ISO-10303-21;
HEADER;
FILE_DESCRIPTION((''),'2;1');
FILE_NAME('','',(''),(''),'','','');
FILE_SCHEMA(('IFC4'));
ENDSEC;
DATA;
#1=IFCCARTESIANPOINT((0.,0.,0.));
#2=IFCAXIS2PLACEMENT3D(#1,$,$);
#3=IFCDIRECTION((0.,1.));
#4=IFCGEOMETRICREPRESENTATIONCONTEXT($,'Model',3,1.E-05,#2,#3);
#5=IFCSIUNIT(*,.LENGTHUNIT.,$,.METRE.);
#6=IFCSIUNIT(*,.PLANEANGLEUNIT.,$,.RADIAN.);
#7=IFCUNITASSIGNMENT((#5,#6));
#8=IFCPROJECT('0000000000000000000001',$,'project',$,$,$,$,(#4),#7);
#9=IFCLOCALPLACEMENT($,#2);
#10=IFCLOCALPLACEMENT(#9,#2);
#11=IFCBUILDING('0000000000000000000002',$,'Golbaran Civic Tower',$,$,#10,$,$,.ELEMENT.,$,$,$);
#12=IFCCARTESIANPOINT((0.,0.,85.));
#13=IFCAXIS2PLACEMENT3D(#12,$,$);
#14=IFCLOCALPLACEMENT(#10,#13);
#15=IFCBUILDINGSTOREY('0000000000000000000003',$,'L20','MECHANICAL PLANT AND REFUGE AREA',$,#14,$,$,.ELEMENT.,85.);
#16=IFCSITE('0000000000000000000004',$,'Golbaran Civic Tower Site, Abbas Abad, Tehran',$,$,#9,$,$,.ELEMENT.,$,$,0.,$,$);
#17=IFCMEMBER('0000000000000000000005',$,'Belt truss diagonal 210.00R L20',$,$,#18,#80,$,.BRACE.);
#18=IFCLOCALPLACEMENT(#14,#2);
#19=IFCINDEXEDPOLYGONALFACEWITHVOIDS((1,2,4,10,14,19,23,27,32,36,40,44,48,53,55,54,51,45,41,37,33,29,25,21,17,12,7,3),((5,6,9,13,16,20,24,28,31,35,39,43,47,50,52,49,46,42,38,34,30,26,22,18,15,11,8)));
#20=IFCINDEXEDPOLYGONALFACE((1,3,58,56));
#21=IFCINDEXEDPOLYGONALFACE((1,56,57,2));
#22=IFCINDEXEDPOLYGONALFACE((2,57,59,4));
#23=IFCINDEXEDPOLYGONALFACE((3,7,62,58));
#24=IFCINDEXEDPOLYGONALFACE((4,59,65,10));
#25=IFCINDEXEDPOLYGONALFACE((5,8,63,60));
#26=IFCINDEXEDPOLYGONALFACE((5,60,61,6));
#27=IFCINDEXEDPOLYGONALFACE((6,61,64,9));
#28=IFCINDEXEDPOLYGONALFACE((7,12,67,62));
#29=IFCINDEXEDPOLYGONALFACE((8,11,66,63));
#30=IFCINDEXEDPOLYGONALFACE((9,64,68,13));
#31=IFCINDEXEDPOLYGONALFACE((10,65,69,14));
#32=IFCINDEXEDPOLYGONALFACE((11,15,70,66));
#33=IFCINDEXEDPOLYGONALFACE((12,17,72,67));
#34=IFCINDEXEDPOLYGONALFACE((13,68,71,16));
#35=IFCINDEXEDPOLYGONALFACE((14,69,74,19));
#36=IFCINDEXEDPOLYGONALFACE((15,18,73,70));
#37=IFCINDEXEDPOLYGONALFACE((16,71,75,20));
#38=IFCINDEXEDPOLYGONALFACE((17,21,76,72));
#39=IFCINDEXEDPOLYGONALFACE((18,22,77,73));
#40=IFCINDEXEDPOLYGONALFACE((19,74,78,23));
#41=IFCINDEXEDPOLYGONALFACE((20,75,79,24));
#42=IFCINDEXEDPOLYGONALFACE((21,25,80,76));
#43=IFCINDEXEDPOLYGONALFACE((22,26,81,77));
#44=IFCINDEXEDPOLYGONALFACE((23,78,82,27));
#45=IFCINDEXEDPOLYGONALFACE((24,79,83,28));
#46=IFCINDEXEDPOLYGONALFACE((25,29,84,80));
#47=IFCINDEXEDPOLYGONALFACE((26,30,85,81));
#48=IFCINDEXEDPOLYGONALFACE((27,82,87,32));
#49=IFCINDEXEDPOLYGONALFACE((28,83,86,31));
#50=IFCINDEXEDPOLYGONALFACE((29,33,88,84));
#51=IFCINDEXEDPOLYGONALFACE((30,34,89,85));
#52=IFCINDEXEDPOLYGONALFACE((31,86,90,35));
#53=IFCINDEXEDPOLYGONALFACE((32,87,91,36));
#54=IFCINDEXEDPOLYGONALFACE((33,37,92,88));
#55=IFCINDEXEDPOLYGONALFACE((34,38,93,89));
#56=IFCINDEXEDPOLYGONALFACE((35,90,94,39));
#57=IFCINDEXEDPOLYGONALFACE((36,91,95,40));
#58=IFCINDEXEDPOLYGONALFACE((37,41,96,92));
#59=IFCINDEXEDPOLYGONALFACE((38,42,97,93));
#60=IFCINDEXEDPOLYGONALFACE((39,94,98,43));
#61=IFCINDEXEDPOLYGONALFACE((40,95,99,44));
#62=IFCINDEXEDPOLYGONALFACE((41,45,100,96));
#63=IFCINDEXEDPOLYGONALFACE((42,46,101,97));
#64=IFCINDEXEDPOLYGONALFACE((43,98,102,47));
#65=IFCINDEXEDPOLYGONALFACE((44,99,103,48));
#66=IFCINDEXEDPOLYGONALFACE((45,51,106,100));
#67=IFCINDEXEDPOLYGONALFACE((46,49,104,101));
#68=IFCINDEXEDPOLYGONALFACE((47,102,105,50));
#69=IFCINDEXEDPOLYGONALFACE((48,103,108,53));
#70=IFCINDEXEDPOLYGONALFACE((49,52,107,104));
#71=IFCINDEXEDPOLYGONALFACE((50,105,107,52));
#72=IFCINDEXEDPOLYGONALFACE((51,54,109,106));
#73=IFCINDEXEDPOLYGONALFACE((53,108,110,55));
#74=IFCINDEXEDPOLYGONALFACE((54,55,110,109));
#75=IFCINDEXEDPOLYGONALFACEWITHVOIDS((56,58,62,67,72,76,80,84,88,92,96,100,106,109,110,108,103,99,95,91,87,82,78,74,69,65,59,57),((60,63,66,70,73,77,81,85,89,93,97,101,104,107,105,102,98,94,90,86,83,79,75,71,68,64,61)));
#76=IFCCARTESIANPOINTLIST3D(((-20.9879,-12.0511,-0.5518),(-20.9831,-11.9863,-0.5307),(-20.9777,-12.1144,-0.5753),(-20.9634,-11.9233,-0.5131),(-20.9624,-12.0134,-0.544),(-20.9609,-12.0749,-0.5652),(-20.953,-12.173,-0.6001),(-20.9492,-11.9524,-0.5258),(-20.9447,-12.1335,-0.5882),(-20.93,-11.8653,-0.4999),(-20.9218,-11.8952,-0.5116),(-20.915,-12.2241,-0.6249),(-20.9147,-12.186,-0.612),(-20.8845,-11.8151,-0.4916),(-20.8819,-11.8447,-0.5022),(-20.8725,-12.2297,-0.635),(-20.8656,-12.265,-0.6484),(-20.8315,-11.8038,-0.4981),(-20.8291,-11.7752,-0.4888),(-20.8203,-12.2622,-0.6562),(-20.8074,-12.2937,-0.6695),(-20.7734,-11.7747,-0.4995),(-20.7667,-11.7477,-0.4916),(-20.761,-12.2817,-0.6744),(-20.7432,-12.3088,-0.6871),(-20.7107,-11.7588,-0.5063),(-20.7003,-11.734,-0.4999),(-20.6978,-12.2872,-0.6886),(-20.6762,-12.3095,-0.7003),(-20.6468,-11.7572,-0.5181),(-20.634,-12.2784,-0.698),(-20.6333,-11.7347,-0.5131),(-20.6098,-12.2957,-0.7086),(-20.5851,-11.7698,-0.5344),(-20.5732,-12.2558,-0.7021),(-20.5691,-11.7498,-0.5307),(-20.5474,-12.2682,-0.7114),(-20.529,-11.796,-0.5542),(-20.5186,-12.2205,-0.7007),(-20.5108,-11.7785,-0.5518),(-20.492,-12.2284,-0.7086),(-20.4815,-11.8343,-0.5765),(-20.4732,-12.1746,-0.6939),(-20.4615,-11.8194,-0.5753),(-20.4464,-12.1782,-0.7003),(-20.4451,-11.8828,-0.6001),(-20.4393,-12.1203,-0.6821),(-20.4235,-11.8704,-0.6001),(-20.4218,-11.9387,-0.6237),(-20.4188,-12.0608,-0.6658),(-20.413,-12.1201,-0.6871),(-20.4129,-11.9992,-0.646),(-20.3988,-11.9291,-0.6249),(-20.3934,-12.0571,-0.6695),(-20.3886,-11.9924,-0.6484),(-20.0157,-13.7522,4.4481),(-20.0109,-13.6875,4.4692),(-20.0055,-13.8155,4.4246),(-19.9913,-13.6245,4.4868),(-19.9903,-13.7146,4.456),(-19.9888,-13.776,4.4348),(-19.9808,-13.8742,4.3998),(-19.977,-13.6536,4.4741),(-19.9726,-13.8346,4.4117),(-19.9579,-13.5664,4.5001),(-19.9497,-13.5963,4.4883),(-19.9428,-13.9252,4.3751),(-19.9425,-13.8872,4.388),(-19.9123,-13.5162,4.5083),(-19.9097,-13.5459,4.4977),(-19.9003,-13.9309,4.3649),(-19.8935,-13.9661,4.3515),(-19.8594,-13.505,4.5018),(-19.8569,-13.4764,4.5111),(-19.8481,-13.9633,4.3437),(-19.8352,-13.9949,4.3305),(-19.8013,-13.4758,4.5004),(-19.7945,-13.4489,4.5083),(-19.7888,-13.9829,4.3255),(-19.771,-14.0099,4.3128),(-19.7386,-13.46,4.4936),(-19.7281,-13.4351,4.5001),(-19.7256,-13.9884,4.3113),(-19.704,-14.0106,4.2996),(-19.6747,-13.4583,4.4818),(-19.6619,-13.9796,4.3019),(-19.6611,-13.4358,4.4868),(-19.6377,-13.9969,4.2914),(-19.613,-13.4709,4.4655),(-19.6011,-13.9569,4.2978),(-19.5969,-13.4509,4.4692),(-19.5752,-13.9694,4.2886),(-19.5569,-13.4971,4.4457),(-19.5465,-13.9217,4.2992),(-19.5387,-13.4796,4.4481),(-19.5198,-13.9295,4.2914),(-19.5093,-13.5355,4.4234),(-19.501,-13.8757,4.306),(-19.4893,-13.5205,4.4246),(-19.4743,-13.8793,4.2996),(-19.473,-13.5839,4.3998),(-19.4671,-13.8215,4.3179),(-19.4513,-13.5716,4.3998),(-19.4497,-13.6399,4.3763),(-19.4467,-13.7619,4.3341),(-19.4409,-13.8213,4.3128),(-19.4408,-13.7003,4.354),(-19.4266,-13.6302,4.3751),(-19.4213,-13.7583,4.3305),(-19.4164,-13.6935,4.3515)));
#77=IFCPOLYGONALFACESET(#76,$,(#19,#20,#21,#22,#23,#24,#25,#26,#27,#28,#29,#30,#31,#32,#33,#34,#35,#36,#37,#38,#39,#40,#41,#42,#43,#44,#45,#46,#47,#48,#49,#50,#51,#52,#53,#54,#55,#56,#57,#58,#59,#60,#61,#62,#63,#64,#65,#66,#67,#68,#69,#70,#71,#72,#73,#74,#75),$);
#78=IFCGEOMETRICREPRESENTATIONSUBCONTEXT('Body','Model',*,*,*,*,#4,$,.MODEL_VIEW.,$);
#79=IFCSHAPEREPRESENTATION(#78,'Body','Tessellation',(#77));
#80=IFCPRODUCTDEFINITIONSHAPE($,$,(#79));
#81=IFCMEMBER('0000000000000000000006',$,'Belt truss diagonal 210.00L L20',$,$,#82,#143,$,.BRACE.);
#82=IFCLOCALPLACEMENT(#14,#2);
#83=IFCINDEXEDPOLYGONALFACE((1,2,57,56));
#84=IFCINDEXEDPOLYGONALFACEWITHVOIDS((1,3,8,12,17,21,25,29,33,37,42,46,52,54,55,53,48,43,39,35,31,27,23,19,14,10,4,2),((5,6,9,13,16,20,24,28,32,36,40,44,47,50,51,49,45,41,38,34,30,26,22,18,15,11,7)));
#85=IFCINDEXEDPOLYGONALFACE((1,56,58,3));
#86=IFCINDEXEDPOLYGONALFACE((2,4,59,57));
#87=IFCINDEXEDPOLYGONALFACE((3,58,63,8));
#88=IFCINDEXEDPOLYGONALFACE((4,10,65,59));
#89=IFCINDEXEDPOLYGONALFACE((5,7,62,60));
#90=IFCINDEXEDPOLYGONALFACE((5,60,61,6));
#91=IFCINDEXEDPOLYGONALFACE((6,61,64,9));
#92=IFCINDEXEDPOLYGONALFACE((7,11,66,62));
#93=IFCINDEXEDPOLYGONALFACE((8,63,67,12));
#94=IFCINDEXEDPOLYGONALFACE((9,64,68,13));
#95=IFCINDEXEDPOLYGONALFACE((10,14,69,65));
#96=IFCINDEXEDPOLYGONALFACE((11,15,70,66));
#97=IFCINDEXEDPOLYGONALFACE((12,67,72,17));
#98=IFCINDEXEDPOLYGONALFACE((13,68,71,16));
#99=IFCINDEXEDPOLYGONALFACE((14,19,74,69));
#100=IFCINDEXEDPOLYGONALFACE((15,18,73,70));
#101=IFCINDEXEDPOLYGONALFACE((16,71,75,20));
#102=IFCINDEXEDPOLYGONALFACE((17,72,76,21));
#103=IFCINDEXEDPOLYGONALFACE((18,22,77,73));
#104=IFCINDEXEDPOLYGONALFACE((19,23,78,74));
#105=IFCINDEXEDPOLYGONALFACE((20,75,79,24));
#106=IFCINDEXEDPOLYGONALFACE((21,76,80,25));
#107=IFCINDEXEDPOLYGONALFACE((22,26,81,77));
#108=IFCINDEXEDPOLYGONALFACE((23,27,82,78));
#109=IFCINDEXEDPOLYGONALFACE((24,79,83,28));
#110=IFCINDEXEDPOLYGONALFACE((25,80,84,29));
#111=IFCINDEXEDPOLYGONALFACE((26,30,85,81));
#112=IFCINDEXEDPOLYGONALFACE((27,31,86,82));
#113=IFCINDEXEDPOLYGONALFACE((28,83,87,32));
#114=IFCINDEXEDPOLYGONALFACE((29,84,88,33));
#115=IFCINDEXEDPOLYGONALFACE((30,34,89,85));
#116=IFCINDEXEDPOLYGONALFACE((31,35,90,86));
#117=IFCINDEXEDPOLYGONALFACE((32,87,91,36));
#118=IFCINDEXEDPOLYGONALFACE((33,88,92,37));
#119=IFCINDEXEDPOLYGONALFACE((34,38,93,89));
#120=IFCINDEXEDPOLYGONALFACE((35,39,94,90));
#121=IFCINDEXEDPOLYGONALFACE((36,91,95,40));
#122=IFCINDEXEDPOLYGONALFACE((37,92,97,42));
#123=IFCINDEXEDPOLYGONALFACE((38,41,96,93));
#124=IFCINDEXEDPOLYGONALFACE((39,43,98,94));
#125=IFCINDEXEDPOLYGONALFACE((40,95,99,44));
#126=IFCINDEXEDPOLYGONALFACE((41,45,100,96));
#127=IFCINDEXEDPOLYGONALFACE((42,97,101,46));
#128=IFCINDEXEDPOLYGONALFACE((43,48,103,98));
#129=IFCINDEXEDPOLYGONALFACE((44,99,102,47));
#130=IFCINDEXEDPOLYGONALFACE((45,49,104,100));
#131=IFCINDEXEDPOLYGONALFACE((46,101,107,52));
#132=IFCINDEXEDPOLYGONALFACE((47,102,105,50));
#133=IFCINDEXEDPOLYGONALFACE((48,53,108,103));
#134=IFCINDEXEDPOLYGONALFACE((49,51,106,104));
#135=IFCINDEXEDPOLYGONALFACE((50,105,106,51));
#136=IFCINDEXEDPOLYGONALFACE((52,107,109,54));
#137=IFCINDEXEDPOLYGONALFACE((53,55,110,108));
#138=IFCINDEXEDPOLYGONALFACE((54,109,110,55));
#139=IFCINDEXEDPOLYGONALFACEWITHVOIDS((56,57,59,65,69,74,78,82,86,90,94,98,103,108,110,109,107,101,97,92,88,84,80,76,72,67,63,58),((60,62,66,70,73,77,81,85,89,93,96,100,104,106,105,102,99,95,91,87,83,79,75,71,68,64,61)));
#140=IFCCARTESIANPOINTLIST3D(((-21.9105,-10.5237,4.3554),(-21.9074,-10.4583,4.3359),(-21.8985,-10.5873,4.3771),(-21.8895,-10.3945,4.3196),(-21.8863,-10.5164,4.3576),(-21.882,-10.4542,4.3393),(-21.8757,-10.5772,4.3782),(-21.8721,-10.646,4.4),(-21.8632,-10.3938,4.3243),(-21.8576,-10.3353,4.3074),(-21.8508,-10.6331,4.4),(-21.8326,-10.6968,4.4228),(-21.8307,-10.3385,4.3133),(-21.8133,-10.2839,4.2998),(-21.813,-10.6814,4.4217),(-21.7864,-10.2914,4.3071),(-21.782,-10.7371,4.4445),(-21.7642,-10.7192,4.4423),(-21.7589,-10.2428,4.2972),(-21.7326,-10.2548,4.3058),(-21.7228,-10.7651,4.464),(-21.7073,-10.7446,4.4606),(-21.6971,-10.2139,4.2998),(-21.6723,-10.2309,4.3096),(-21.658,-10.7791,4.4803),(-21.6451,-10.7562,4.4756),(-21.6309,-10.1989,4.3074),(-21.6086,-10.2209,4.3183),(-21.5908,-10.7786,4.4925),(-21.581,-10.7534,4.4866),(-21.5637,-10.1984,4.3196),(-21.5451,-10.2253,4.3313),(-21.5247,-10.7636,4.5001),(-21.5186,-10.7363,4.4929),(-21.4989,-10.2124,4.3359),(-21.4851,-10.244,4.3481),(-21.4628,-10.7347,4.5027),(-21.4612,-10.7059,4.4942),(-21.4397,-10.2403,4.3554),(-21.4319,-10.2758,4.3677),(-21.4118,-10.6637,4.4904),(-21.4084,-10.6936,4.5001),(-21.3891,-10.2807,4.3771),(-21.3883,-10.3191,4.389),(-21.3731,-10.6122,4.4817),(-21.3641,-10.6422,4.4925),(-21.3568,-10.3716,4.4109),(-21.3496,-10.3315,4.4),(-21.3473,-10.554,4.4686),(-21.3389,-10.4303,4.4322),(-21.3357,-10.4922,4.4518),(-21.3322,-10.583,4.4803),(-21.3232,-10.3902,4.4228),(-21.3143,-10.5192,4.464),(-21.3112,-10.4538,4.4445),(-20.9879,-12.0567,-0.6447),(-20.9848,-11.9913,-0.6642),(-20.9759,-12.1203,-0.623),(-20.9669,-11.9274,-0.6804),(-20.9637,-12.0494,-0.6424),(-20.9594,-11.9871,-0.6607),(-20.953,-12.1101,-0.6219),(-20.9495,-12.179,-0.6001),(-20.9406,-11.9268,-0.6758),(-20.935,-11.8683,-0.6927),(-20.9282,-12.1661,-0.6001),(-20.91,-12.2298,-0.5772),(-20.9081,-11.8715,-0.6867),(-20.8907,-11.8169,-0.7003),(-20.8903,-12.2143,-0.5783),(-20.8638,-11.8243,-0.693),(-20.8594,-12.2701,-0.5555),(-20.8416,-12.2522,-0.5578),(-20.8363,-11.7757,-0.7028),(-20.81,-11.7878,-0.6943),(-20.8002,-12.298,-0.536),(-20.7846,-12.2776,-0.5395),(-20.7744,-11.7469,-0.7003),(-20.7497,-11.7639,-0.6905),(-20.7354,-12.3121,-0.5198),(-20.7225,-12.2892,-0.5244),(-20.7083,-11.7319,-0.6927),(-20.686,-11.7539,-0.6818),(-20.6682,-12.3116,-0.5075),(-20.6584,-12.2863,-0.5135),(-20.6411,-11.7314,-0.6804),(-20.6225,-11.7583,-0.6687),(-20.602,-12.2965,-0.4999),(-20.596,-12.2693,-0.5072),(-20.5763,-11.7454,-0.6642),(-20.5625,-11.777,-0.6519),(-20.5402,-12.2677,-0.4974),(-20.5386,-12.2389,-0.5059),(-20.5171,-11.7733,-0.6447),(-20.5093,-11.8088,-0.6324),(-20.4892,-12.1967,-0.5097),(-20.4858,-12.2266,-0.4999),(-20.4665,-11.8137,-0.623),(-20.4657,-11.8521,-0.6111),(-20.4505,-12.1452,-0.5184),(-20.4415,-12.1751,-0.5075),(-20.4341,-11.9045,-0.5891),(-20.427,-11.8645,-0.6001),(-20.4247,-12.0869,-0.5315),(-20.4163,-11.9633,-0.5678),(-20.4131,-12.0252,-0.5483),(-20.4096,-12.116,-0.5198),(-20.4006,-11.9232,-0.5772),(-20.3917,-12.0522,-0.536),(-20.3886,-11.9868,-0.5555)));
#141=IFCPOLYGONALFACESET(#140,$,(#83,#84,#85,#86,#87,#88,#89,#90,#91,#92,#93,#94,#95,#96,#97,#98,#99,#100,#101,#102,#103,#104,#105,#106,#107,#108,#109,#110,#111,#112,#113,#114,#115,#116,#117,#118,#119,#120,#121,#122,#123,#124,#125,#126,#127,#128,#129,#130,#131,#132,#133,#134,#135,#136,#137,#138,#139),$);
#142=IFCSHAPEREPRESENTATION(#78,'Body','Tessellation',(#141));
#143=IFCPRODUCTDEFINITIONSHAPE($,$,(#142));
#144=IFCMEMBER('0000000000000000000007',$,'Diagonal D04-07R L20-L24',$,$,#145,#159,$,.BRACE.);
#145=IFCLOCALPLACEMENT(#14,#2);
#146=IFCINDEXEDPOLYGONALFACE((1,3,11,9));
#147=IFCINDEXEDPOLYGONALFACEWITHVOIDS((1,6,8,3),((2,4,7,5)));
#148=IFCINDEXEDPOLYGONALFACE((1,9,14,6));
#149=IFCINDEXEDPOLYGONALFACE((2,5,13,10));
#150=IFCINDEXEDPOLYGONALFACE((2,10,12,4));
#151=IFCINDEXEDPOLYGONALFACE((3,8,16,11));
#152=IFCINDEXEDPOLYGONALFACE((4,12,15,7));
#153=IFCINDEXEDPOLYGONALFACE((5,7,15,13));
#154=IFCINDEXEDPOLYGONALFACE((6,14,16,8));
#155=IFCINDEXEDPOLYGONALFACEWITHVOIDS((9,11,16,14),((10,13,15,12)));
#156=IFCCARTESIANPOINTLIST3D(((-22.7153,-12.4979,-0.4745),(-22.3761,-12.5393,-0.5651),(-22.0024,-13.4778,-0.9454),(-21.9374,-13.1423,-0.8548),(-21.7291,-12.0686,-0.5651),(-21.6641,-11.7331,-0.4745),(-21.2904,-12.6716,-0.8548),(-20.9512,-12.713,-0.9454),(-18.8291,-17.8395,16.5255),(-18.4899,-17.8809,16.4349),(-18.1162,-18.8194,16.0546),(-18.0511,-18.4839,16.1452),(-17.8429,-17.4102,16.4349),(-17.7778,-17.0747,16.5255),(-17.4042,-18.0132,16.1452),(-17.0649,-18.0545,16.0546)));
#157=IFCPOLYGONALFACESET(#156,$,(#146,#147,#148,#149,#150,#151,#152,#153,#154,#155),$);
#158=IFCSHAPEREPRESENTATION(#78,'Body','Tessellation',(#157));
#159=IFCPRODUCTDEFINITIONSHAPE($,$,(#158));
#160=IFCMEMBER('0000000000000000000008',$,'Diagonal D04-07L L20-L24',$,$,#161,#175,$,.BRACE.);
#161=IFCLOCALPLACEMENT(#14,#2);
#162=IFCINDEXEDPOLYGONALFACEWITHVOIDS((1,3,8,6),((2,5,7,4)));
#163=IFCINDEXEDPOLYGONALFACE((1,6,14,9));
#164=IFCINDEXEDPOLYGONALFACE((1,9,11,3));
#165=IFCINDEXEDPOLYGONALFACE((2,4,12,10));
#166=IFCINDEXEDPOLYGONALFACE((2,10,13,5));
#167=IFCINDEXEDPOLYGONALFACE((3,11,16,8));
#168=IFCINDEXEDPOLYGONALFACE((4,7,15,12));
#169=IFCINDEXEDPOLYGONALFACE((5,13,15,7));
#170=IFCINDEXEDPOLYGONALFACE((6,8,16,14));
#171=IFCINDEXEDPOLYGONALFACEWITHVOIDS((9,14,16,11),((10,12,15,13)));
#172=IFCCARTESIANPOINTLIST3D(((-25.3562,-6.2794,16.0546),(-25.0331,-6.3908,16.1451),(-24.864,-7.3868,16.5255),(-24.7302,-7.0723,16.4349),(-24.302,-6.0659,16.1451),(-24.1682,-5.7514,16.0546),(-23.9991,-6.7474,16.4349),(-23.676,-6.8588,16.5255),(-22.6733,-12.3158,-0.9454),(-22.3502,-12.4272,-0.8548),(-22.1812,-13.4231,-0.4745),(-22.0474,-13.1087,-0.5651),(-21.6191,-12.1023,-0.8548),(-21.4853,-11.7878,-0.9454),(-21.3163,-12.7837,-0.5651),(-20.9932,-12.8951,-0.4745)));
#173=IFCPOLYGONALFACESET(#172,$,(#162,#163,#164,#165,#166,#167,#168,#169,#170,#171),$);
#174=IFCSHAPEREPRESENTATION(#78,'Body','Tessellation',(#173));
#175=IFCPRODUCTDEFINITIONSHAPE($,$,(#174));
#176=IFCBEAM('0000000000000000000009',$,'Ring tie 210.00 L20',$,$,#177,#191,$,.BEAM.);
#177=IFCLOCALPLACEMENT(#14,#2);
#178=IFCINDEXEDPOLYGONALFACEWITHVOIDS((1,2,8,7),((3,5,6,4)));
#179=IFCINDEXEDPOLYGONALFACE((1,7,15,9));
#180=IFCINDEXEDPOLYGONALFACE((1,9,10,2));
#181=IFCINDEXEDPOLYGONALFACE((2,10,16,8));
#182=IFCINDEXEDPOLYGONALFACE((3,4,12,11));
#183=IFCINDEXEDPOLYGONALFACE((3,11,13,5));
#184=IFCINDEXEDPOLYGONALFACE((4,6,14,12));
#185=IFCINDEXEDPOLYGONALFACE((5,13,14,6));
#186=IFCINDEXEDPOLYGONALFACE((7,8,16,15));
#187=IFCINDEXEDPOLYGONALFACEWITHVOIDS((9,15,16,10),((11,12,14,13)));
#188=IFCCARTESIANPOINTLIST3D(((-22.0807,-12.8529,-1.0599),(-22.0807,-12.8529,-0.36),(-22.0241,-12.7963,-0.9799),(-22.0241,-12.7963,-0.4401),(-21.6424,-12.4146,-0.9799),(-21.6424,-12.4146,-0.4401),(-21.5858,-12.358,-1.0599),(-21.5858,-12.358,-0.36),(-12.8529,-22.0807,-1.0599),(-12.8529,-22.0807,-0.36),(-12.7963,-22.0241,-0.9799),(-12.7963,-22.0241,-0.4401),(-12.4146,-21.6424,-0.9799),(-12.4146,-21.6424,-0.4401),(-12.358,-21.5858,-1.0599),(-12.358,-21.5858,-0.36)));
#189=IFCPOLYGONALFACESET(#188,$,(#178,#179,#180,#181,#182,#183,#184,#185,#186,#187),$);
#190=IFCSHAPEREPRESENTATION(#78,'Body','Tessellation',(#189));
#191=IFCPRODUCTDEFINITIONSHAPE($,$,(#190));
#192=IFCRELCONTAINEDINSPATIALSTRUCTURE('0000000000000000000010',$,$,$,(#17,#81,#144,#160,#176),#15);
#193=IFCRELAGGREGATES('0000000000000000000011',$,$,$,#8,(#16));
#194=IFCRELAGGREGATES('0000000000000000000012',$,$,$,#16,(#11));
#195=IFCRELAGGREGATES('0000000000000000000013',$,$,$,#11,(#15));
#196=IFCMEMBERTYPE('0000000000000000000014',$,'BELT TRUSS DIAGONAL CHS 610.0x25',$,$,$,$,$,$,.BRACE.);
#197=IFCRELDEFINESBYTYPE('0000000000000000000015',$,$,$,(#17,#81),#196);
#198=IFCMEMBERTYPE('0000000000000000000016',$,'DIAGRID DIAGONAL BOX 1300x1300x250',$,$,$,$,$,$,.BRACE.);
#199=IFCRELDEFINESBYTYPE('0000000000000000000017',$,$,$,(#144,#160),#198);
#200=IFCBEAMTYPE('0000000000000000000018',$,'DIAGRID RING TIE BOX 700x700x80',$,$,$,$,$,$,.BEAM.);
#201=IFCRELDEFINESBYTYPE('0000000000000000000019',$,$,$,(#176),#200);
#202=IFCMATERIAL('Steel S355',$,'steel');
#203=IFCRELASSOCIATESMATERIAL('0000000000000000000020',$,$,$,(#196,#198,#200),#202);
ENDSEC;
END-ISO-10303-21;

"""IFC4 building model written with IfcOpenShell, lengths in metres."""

from ifc_helpers import new_model, si_unit, direction, frame, origin, origin_2d, place, context, subcontext, project, spatial, hollow_rectangle, hollow_circle, extrude, material, material_profile, profile_set, type_object, element, save


model = new_model("IFC4")

# Units and contexts
model_context = context("Model", 3, precision=1e-05, world=origin(), true_north=direction((0.0, 1.0)))
body_context = subcontext(model_context, "Body", "Model", "MODEL_VIEW")
ifc_project = project(units=[si_unit("LENGTHUNIT", "METRE"), si_unit("PLANEANGLEUNIT", "RADIAN")], contexts=[model_context])

# Site, building, storey
site_placement = place(None, origin())
site = spatial("IfcSite", under=ifc_project, at=site_placement, Name="Golbaran Civic Tower Site, Abbas Abad, Tehran", CompositionType="ELEMENT", RefElevation=0.0)
building_placement = place(site_placement, origin())
building = spatial("IfcBuilding", under=site, at=building_placement, Name="Golbaran Civic Tower", CompositionType="ELEMENT")
storey_placement = place(building_placement, frame((0.0, 0.0, 85.0)))
storey = spatial("IfcBuildingStorey", under=building, at=storey_placement, Name="L20", Description="MECHANICAL PLANT AND REFUGE AREA", CompositionType="ELEMENT", Elevation=85.0)

# Members
ifc_material_1 = material(Name="Steel S355", Category="steel")
ifc_material_profile_1 = material_profile(ifc_material_1, hollow_circle(Radius=0.3049, WallThickness=0.0249, at=origin_2d()), Name="CHS 610.0x25")
ifc_profile_set_1 = profile_set([ifc_material_profile_1], Name="Steel S355")
member_type_1 = type_object("IfcMemberType", Name="BELT TRUSS DIAGONAL CHS 610.0x25", PredefinedType="BRACE", material=ifc_profile_set_1)
member_1_placement = place(storey_placement, frame((-20.6882, -12.0217, -0.6001), z_axis=(0.18103, -0.31678, 0.931063), x_axis=(0.868228, 0.496166, 0.0)))
element("IfcMember", 1, at=member_1_placement, inside=storey, type_object=member_type_1, Name="Belt truss diagonal 210.00R L20", PredefinedType="BRACE", context=body_context, shape_type="SweptSolid", body=[
    extrude(hollow_circle(Radius=0.3049, WallThickness=0.0249, at=origin_2d()), origin(), (0.0, 0.0, 1.0), 5.3701),
])
member_2_placement = place(storey_placement, frame((-20.6882, -12.0217, -0.6001), z_axis=(-0.173733, 0.288667, 0.941535), x_axis=(-0.856794, -0.515659, 0.0)))
element("IfcMember", 2, at=member_2_placement, inside=storey, type_object=member_type_1, Name="Belt truss diagonal 210.00L L20", PredefinedType="BRACE", context=body_context, shape_type="SweptSolid", body=[
    extrude(hollow_circle(Radius=0.3049, WallThickness=0.0249, at=origin_2d()), origin(), (0.0, 0.0, 1.0), 5.3105),
])
ifc_material_profile_2 = material_profile(ifc_material_1, hollow_rectangle(XDim=1.3, YDim=1.3, WallThickness=0.25, at=origin_2d()), Name="BOX 1300x1300x250")
ifc_profile_set_2 = profile_set([ifc_material_profile_2], Name="Steel S355")
member_type_2 = type_object("IfcMemberType", Name="DIAGRID DIAGONAL BOX 1300x1300x250", PredefinedType="BRACE", material=ifc_profile_set_2)
for number, where, z_axis, x_axis, name in (
    (3, (-21.8333, -12.6055, -0.71), (0.213081, -0.292876, 0.932105), (0.808631, 0.588317, 0.0), "Diagonal D04-07R L20-L24"),
    (4, (-21.8333, -12.6055, -0.71), (-0.1471, 0.330973, 0.932104), (-0.91381, -0.406142, 0.0), "Diagonal D04-07L L20-L24"),
):
    element("IfcMember", number, at=place(storey_placement, frame(where, z_axis=z_axis, x_axis=x_axis)), inside=storey, type_object=member_type_2, Name=name, PredefinedType="BRACE", context=body_context, shape_type="SweptSolid", body=[
        extrude(hollow_rectangle(XDim=1.3, YDim=1.3, WallThickness=0.25, at=origin_2d()), origin(), (0.0, 0.0, 1.0), 18.2383),
    ])

# Beam
ifc_material_profile_3 = material_profile(ifc_material_1, hollow_rectangle(XDim=0.7, YDim=0.7, WallThickness=0.0801, at=origin_2d()), Name="BOX 700x700x80")
ifc_profile_set_3 = profile_set([ifc_material_profile_3], Name="Steel S355")
beam_type_1 = type_object("IfcBeamType", Name="DIAGRID RING TIE BOX 700x700x80", PredefinedType="BEAM", material=ifc_profile_set_3)
beam_1_placement = place(storey_placement, frame((-21.8333, -12.6055, -0.71), z_axis=(0.707107, -0.707107, 0.0), x_axis=(0.707107, 0.707107, 0.0)))
element("IfcBeam", 5, at=beam_1_placement, inside=storey, type_object=beam_type_1, Name="Ring tie 210.00 L20", PredefinedType="BEAM", context=body_context, shape_type="SweptSolid", body=[
    extrude(hollow_rectangle(XDim=0.7, YDim=0.7, WallThickness=0.0801, at=origin_2d()), origin(), (0.0, 0.0, 1.0), 13.05),
])

save(model, "model.ifc")
